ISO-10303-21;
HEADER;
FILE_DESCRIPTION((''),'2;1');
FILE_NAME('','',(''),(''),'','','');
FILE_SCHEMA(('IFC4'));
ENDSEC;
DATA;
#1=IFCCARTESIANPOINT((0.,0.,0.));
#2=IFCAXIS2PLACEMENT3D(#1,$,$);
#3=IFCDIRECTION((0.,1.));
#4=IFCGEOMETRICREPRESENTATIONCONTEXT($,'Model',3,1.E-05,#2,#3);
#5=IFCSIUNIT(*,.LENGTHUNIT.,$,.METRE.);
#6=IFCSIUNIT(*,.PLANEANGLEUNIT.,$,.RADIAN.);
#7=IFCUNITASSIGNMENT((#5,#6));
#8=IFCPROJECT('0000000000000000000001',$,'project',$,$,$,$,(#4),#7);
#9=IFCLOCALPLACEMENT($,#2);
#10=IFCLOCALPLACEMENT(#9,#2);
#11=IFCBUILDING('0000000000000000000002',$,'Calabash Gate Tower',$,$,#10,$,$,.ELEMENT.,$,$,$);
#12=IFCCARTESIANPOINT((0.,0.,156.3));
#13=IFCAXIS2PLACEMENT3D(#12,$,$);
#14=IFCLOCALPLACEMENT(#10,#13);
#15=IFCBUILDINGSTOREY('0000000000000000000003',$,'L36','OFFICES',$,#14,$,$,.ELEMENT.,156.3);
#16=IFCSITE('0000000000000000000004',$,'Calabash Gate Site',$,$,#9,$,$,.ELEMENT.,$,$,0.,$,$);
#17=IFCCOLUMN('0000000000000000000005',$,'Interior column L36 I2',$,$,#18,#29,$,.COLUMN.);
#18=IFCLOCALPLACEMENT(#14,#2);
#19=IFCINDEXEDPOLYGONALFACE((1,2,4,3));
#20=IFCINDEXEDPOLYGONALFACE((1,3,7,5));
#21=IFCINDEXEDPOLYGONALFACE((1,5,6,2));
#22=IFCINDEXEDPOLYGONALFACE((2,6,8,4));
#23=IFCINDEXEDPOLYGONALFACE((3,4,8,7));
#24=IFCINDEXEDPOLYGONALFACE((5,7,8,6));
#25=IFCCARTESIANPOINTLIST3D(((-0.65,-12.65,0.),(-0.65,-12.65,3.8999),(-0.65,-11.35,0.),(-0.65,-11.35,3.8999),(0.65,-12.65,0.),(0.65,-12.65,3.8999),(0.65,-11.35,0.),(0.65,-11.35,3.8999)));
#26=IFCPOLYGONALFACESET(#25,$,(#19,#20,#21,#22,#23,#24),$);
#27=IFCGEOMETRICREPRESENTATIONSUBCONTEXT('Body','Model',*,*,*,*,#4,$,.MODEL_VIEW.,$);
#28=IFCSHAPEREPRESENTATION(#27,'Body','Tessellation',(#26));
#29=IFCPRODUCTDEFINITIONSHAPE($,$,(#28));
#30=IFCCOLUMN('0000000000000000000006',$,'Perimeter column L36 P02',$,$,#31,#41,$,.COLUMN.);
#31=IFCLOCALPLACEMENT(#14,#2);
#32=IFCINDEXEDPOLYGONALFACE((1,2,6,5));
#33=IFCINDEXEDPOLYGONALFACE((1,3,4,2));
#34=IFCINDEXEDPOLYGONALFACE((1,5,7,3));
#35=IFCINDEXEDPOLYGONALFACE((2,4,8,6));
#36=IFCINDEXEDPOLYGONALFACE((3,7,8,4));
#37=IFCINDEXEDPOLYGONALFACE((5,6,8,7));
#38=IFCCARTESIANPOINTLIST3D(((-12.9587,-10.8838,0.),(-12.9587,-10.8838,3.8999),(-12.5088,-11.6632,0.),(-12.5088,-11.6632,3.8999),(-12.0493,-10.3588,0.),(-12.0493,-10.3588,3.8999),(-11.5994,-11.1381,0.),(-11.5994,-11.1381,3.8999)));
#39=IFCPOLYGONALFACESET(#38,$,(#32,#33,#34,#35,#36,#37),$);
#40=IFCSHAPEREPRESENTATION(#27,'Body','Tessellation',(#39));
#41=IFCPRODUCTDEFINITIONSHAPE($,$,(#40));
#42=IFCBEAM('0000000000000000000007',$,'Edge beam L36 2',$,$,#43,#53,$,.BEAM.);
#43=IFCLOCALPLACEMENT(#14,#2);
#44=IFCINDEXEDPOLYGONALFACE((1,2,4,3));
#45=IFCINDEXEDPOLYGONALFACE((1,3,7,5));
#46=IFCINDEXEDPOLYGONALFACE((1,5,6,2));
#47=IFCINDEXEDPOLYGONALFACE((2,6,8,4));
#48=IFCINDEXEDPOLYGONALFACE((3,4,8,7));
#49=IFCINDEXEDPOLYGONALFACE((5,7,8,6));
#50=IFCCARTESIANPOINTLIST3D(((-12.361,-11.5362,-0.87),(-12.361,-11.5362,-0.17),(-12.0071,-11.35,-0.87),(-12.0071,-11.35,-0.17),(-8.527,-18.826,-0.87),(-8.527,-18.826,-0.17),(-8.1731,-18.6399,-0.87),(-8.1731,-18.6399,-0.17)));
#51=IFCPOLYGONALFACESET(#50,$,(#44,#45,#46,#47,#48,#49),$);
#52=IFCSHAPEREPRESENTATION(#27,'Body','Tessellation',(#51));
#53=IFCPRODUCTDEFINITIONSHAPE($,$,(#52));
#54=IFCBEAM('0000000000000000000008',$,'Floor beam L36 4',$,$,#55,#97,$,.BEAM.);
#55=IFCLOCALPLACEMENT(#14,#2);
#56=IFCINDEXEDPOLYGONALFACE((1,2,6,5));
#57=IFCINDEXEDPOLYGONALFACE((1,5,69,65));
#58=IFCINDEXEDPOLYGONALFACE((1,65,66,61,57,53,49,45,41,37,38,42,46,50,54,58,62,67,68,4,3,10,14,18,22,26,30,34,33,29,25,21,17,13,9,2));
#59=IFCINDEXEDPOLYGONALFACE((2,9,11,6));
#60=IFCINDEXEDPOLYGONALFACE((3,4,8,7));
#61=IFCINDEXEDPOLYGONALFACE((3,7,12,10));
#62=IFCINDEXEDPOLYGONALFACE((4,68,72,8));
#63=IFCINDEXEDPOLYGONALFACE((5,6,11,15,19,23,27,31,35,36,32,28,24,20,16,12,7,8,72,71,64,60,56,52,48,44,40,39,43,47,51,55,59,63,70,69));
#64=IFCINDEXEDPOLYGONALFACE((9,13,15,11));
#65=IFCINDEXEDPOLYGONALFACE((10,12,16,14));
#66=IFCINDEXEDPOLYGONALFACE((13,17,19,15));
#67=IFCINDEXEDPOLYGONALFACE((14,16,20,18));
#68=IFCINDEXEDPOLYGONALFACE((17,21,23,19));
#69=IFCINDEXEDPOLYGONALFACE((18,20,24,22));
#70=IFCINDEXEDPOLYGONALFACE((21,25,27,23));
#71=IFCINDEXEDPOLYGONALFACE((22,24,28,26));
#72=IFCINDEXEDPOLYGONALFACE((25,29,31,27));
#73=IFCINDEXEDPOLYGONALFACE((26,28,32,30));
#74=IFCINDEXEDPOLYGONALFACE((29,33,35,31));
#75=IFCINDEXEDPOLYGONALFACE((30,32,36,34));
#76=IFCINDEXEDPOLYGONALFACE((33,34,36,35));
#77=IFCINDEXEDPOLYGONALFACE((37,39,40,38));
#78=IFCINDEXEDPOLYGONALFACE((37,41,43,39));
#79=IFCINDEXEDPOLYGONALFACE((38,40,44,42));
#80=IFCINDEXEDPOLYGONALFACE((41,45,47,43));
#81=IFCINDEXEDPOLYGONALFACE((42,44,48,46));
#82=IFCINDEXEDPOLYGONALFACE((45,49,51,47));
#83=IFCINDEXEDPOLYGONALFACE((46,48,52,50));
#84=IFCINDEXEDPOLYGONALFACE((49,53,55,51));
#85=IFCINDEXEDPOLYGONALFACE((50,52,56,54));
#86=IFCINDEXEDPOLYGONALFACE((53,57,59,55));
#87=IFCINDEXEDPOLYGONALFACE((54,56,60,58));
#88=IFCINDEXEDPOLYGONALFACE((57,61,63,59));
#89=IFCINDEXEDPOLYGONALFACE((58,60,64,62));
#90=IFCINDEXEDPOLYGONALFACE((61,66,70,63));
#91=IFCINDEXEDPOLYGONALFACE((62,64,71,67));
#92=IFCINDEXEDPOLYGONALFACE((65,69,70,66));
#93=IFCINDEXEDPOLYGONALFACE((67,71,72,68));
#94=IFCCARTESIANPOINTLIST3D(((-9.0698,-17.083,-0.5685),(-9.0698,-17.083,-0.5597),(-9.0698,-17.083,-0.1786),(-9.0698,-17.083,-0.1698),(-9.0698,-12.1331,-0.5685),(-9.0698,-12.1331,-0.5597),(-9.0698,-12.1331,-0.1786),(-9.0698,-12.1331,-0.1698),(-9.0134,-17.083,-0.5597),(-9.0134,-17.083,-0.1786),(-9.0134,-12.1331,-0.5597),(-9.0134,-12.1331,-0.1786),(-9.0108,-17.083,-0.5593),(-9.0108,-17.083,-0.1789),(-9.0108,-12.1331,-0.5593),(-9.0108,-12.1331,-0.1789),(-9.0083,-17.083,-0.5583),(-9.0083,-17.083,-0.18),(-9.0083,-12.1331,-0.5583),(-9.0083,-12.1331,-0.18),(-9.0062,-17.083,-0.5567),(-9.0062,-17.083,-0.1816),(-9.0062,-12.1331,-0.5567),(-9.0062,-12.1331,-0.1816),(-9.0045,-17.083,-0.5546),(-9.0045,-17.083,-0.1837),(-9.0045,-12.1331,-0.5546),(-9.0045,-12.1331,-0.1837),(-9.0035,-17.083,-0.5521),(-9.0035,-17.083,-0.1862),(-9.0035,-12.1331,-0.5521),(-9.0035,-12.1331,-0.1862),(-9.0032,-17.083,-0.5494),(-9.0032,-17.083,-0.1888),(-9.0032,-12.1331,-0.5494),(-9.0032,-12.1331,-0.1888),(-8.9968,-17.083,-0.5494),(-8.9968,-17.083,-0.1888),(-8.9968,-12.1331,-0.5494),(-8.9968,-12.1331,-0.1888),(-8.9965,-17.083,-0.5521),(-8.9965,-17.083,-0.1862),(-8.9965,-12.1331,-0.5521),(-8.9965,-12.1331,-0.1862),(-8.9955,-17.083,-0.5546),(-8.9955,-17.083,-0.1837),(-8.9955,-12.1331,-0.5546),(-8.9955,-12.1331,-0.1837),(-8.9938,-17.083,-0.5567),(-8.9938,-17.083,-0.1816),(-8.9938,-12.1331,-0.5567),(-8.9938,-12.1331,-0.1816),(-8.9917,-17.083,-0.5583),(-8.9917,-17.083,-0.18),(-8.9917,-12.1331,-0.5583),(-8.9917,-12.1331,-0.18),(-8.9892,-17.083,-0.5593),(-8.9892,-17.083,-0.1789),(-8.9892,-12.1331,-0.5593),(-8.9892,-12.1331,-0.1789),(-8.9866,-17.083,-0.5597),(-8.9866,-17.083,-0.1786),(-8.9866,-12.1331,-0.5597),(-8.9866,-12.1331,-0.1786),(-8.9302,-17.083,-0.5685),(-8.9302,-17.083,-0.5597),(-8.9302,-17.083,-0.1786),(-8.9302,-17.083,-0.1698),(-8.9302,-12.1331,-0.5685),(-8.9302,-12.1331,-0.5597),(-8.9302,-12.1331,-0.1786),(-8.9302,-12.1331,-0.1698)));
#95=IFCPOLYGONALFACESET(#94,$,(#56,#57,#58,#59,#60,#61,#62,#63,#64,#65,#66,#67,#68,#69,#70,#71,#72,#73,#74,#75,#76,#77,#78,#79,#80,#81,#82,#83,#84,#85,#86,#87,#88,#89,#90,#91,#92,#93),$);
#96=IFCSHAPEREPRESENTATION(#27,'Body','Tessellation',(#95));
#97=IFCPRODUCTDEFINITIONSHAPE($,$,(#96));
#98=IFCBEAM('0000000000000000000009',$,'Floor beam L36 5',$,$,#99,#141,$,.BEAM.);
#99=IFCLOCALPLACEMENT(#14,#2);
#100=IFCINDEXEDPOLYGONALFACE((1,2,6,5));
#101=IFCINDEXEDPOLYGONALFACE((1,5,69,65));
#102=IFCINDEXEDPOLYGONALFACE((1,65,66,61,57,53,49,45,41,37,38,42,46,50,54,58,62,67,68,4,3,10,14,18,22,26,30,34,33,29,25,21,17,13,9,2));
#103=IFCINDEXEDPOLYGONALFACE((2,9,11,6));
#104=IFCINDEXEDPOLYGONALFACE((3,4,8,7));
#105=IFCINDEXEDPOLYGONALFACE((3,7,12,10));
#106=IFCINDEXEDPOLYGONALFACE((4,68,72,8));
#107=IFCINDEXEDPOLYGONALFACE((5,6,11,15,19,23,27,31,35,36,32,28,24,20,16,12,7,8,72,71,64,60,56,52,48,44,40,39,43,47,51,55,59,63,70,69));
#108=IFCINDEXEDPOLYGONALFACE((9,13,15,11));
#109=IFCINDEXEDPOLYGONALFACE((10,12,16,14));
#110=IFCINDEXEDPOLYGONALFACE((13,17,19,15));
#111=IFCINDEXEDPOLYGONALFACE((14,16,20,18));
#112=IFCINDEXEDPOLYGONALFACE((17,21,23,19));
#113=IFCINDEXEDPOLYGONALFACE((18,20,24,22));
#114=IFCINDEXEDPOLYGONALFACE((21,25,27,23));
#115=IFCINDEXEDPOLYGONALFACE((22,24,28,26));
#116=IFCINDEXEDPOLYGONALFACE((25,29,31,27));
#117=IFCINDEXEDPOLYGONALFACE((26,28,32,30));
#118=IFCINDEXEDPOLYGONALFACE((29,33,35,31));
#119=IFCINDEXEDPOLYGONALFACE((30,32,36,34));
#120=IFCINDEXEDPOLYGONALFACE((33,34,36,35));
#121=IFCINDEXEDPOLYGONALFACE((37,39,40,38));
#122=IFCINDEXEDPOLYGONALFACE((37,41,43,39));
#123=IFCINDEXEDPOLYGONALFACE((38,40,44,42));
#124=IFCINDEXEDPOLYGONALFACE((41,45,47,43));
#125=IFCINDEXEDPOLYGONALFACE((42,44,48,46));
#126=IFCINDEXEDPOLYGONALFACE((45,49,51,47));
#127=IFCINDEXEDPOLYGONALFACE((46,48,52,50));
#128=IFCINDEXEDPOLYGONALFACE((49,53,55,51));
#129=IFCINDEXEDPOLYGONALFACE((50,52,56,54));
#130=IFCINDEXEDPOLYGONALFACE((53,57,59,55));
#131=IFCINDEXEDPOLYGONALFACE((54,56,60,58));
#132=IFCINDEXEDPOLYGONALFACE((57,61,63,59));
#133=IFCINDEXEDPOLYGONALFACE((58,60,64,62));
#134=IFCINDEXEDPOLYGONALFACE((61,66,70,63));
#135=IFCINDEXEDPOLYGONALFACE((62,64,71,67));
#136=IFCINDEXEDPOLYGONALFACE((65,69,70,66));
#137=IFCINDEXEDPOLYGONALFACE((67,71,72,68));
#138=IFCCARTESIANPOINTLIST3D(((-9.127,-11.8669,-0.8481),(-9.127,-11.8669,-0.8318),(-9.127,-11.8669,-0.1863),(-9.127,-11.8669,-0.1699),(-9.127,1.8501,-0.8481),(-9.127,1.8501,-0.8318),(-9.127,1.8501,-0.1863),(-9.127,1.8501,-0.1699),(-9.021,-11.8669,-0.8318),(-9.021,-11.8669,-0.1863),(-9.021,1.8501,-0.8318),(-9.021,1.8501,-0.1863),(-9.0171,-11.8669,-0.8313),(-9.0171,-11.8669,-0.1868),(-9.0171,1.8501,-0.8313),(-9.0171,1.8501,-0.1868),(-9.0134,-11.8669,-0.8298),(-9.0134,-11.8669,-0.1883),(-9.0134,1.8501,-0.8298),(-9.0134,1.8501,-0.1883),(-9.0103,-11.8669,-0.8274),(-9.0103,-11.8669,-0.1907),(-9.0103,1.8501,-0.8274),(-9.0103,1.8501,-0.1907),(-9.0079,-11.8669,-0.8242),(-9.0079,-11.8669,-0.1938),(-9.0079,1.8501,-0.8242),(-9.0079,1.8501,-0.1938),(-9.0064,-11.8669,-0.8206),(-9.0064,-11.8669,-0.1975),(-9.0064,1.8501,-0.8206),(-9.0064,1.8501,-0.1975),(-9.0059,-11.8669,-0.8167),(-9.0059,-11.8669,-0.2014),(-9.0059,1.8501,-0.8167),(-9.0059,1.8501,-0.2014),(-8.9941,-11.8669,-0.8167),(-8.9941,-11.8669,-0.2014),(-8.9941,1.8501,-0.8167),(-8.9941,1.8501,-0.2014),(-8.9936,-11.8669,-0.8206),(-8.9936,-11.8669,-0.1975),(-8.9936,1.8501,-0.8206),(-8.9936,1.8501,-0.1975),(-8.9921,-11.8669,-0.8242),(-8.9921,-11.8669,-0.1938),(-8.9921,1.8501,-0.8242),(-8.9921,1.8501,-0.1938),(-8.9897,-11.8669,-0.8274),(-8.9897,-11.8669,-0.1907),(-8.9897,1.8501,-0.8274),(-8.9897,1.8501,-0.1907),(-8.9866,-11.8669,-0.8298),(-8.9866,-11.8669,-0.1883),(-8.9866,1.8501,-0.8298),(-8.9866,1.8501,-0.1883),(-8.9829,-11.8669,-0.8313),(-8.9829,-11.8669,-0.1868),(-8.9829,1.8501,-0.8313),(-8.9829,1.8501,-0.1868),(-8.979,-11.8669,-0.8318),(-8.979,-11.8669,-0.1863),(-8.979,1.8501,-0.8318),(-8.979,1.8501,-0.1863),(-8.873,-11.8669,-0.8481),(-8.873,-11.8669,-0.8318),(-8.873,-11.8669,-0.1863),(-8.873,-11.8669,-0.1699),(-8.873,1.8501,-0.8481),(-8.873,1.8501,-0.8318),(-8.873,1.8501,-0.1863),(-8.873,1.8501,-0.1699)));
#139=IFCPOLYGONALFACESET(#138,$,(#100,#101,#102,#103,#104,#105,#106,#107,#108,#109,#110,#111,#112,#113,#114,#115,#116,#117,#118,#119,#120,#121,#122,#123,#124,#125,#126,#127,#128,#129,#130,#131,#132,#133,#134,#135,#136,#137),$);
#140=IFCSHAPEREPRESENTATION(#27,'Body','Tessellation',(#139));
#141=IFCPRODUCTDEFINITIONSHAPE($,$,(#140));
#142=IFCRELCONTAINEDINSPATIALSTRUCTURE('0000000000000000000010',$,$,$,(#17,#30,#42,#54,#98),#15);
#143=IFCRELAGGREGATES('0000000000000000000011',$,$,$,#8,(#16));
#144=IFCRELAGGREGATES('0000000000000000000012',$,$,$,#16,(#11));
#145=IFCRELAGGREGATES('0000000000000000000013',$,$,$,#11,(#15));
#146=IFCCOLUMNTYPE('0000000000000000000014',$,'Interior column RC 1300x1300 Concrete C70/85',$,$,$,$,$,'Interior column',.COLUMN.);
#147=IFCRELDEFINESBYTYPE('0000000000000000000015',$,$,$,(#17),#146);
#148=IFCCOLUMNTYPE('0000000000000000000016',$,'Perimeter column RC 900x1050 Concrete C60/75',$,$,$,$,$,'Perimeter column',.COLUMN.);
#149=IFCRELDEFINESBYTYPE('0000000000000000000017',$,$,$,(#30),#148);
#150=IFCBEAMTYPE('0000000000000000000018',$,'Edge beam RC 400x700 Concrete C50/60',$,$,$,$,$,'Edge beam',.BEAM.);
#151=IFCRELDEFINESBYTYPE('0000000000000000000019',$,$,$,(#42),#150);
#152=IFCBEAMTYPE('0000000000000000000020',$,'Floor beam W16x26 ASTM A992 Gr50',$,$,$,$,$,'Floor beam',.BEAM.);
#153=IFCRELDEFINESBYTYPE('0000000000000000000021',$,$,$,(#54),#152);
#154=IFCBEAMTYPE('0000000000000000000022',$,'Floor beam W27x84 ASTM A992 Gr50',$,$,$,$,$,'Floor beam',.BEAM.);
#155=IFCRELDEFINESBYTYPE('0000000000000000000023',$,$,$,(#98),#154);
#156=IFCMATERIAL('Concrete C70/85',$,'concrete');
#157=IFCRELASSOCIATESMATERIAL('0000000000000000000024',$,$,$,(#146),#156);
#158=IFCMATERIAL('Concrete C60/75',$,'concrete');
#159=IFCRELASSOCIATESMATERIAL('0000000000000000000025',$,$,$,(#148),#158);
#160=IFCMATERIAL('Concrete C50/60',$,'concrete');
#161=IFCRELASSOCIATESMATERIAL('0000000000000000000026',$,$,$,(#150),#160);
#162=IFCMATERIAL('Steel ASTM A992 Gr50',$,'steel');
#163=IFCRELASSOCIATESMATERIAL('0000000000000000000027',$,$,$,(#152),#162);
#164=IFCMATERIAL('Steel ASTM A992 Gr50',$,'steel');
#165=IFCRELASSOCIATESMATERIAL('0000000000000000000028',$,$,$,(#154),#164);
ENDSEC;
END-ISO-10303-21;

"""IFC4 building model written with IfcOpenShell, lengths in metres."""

from ifc_helpers import new_model, si_unit, direction, frame, origin, origin_2d, place, context, subcontext, project, spatial, rectangle, i_section, extrude, material, material_profile, profile_set, type_object, element, save


model = new_model("IFC4")

# Units and contexts
model_context = context("Model", 3, precision=1e-05, world=origin(), true_north=direction((0.0, 1.0)))
body_context = subcontext(model_context, "Body", "Model", "MODEL_VIEW")
ifc_project = project(units=[si_unit("LENGTHUNIT", "METRE"), si_unit("PLANEANGLEUNIT", "RADIAN")], contexts=[model_context])

# Site, building, storey
site_placement = place(None, origin())
site = spatial("IfcSite", under=ifc_project, at=site_placement, Name="Calabash Gate Site", CompositionType="ELEMENT", RefElevation=0.0)
building_placement = place(site_placement, origin())
building = spatial("IfcBuilding", under=site, at=building_placement, Name="Calabash Gate Tower", CompositionType="ELEMENT")
storey_placement = place(building_placement, frame((0.0, 0.0, 156.3)))
storey = spatial("IfcBuildingStorey", under=building, at=storey_placement, Name="L36", Description="OFFICES", CompositionType="ELEMENT", Elevation=156.3)

# Columns
ifc_material_1 = material(Name="Concrete C70/85", Category="concrete")
ifc_material_profile_1 = material_profile(ifc_material_1, rectangle(XDim=1.3, YDim=1.3, at=origin_2d()))
ifc_profile_set_1 = profile_set([ifc_material_profile_1], Name="Concrete C70/85")
column_type_1 = type_object("IfcColumnType", Name="Interior column RC 1300x1300 Concrete C70/85", ElementType="Interior column", PredefinedType="COLUMN", material=ifc_profile_set_1)
column_1_placement = place(storey_placement, frame((0.0, -12.0, 0.0), z_axis=(0.0, 0.0, 1.0), x_axis=(1.0, 0.0, 0.0)))
element("IfcColumn", 1, at=column_1_placement, inside=storey, type_object=column_type_1, Name="Interior column L36 I2", PredefinedType="COLUMN", context=body_context, shape_type="SweptSolid", body=[
    extrude(rectangle(XDim=1.3, YDim=1.3, at=origin_2d()), origin(), (0.0, 0.0, 1.0), 3.8999),
])
ifc_material_2 = material(Name="Concrete C60/75", Category="concrete")
ifc_material_profile_2 = material_profile(ifc_material_2, rectangle(XDim=0.8999, YDim=1.05, at=origin_2d()))
ifc_profile_set_2 = profile_set([ifc_material_profile_2], Name="Concrete C60/75")
column_type_2 = type_object("IfcColumnType", Name="Perimeter column RC 900x1050 Concrete C60/75", ElementType="Perimeter column", PredefinedType="COLUMN", material=ifc_profile_set_2)
column_2_placement = place(storey_placement, frame((-12.2791, -11.011, 0.0), z_axis=(0.0, 0.0, 1.0), x_axis=(0.5, -0.866025, 0.0)))
element("IfcColumn", 2, at=column_2_placement, inside=storey, type_object=column_type_2, Name="Perimeter column L36 P02", PredefinedType="COLUMN", context=body_context, shape_type="SweptSolid", body=[
    extrude(rectangle(XDim=0.8999, YDim=1.05, at=origin_2d()), origin(), (0.0, 0.0, 1.0), 3.8999),
])

# Beams
ifc_material_3 = material(Name="Concrete C50/60", Category="concrete")
ifc_material_profile_3 = material_profile(ifc_material_3, rectangle(XDim=0.3999, YDim=0.7, at=origin_2d()))
ifc_profile_set_3 = profile_set([ifc_material_profile_3], Name="Concrete C50/60")
beam_type_1 = type_object("IfcBeamType", Name="Edge beam RC 400x700 Concrete C50/60", ElementType="Edge beam", PredefinedType="BEAM", material=ifc_profile_set_3)
beam_1_placement = place(storey_placement, frame((-12.1841, -11.4431, -0.52), z_axis=(0.465485, -0.885056, 0.0), x_axis=(0.885056, 0.465485, 0.0)))
element("IfcBeam", 3, at=beam_1_placement, inside=storey, type_object=beam_type_1, Name="Edge beam L36 2", PredefinedType="BEAM", context=body_context, shape_type="SweptSolid", body=[
    extrude(rectangle(XDim=0.3999, YDim=0.7, at=origin_2d()), origin(), (0.0, 0.0, 1.0), 8.2366),
])
ifc_material_4 = material(Name="Steel ASTM A992 Gr50", Category="steel")
ifc_material_profile_4 = material_profile(ifc_material_4, i_section(OverallWidth=0.1396, OverallDepth=0.3987, WebThickness=0.0063, FlangeThickness=0.0088, FilletRadius=0.0103, at=origin_2d()))
ifc_profile_set_4 = profile_set([ifc_material_profile_4], Name="Steel ASTM A992 Gr50")
beam_type_2 = type_object("IfcBeamType", Name="Floor beam W16x26 ASTM A992 Gr50", ElementType="Floor beam", PredefinedType="BEAM", material=ifc_profile_set_4)
beam_2_placement = place(storey_placement, frame((-9.0, -17.083, -0.3691), z_axis=(0.0, 1.0, 0.0), x_axis=(-1.0, 0.0, 0.0)))
element("IfcBeam", 4, at=beam_2_placement, inside=storey, type_object=beam_type_2, Name="Floor beam L36 4", PredefinedType="BEAM", context=body_context, shape_type="SweptSolid", body=[
    extrude(i_section(OverallWidth=0.1396, OverallDepth=0.3987, WebThickness=0.0063, FlangeThickness=0.0088, FilletRadius=0.0103, at=origin_2d()), origin(), (0.0, 0.0, 1.0), 4.95),
])
ifc_material_5 = material(Name="Steel ASTM A992 Gr50", Category="steel")
ifc_material_profile_5 = material_profile(ifc_material_5, i_section(OverallWidth=0.2539, OverallDepth=0.6782, WebThickness=0.0117, FlangeThickness=0.0164, FilletRadius=0.0151, at=origin_2d()))
ifc_profile_set_5 = profile_set([ifc_material_profile_5], Name="Steel ASTM A992 Gr50")
beam_type_3 = type_object("IfcBeamType", Name="Floor beam W27x84 ASTM A992 Gr50", ElementType="Floor beam", PredefinedType="BEAM", material=ifc_profile_set_5)
beam_3_placement = place(storey_placement, frame((-9.0, -11.8669, -0.509), z_axis=(0.0, 1.0, 0.0), x_axis=(-1.0, 0.0, 0.0)))
element("IfcBeam", 5, at=beam_3_placement, inside=storey, type_object=beam_type_3, Name="Floor beam L36 5", PredefinedType="BEAM", context=body_context, shape_type="SweptSolid", body=[
    extrude(i_section(OverallWidth=0.2539, OverallDepth=0.6782, WebThickness=0.0117, FlangeThickness=0.0164, FilletRadius=0.0151, at=origin_2d()), origin(), (0.0, 0.0, 1.0), 13.717),
])

save(model, "model.ifc")
